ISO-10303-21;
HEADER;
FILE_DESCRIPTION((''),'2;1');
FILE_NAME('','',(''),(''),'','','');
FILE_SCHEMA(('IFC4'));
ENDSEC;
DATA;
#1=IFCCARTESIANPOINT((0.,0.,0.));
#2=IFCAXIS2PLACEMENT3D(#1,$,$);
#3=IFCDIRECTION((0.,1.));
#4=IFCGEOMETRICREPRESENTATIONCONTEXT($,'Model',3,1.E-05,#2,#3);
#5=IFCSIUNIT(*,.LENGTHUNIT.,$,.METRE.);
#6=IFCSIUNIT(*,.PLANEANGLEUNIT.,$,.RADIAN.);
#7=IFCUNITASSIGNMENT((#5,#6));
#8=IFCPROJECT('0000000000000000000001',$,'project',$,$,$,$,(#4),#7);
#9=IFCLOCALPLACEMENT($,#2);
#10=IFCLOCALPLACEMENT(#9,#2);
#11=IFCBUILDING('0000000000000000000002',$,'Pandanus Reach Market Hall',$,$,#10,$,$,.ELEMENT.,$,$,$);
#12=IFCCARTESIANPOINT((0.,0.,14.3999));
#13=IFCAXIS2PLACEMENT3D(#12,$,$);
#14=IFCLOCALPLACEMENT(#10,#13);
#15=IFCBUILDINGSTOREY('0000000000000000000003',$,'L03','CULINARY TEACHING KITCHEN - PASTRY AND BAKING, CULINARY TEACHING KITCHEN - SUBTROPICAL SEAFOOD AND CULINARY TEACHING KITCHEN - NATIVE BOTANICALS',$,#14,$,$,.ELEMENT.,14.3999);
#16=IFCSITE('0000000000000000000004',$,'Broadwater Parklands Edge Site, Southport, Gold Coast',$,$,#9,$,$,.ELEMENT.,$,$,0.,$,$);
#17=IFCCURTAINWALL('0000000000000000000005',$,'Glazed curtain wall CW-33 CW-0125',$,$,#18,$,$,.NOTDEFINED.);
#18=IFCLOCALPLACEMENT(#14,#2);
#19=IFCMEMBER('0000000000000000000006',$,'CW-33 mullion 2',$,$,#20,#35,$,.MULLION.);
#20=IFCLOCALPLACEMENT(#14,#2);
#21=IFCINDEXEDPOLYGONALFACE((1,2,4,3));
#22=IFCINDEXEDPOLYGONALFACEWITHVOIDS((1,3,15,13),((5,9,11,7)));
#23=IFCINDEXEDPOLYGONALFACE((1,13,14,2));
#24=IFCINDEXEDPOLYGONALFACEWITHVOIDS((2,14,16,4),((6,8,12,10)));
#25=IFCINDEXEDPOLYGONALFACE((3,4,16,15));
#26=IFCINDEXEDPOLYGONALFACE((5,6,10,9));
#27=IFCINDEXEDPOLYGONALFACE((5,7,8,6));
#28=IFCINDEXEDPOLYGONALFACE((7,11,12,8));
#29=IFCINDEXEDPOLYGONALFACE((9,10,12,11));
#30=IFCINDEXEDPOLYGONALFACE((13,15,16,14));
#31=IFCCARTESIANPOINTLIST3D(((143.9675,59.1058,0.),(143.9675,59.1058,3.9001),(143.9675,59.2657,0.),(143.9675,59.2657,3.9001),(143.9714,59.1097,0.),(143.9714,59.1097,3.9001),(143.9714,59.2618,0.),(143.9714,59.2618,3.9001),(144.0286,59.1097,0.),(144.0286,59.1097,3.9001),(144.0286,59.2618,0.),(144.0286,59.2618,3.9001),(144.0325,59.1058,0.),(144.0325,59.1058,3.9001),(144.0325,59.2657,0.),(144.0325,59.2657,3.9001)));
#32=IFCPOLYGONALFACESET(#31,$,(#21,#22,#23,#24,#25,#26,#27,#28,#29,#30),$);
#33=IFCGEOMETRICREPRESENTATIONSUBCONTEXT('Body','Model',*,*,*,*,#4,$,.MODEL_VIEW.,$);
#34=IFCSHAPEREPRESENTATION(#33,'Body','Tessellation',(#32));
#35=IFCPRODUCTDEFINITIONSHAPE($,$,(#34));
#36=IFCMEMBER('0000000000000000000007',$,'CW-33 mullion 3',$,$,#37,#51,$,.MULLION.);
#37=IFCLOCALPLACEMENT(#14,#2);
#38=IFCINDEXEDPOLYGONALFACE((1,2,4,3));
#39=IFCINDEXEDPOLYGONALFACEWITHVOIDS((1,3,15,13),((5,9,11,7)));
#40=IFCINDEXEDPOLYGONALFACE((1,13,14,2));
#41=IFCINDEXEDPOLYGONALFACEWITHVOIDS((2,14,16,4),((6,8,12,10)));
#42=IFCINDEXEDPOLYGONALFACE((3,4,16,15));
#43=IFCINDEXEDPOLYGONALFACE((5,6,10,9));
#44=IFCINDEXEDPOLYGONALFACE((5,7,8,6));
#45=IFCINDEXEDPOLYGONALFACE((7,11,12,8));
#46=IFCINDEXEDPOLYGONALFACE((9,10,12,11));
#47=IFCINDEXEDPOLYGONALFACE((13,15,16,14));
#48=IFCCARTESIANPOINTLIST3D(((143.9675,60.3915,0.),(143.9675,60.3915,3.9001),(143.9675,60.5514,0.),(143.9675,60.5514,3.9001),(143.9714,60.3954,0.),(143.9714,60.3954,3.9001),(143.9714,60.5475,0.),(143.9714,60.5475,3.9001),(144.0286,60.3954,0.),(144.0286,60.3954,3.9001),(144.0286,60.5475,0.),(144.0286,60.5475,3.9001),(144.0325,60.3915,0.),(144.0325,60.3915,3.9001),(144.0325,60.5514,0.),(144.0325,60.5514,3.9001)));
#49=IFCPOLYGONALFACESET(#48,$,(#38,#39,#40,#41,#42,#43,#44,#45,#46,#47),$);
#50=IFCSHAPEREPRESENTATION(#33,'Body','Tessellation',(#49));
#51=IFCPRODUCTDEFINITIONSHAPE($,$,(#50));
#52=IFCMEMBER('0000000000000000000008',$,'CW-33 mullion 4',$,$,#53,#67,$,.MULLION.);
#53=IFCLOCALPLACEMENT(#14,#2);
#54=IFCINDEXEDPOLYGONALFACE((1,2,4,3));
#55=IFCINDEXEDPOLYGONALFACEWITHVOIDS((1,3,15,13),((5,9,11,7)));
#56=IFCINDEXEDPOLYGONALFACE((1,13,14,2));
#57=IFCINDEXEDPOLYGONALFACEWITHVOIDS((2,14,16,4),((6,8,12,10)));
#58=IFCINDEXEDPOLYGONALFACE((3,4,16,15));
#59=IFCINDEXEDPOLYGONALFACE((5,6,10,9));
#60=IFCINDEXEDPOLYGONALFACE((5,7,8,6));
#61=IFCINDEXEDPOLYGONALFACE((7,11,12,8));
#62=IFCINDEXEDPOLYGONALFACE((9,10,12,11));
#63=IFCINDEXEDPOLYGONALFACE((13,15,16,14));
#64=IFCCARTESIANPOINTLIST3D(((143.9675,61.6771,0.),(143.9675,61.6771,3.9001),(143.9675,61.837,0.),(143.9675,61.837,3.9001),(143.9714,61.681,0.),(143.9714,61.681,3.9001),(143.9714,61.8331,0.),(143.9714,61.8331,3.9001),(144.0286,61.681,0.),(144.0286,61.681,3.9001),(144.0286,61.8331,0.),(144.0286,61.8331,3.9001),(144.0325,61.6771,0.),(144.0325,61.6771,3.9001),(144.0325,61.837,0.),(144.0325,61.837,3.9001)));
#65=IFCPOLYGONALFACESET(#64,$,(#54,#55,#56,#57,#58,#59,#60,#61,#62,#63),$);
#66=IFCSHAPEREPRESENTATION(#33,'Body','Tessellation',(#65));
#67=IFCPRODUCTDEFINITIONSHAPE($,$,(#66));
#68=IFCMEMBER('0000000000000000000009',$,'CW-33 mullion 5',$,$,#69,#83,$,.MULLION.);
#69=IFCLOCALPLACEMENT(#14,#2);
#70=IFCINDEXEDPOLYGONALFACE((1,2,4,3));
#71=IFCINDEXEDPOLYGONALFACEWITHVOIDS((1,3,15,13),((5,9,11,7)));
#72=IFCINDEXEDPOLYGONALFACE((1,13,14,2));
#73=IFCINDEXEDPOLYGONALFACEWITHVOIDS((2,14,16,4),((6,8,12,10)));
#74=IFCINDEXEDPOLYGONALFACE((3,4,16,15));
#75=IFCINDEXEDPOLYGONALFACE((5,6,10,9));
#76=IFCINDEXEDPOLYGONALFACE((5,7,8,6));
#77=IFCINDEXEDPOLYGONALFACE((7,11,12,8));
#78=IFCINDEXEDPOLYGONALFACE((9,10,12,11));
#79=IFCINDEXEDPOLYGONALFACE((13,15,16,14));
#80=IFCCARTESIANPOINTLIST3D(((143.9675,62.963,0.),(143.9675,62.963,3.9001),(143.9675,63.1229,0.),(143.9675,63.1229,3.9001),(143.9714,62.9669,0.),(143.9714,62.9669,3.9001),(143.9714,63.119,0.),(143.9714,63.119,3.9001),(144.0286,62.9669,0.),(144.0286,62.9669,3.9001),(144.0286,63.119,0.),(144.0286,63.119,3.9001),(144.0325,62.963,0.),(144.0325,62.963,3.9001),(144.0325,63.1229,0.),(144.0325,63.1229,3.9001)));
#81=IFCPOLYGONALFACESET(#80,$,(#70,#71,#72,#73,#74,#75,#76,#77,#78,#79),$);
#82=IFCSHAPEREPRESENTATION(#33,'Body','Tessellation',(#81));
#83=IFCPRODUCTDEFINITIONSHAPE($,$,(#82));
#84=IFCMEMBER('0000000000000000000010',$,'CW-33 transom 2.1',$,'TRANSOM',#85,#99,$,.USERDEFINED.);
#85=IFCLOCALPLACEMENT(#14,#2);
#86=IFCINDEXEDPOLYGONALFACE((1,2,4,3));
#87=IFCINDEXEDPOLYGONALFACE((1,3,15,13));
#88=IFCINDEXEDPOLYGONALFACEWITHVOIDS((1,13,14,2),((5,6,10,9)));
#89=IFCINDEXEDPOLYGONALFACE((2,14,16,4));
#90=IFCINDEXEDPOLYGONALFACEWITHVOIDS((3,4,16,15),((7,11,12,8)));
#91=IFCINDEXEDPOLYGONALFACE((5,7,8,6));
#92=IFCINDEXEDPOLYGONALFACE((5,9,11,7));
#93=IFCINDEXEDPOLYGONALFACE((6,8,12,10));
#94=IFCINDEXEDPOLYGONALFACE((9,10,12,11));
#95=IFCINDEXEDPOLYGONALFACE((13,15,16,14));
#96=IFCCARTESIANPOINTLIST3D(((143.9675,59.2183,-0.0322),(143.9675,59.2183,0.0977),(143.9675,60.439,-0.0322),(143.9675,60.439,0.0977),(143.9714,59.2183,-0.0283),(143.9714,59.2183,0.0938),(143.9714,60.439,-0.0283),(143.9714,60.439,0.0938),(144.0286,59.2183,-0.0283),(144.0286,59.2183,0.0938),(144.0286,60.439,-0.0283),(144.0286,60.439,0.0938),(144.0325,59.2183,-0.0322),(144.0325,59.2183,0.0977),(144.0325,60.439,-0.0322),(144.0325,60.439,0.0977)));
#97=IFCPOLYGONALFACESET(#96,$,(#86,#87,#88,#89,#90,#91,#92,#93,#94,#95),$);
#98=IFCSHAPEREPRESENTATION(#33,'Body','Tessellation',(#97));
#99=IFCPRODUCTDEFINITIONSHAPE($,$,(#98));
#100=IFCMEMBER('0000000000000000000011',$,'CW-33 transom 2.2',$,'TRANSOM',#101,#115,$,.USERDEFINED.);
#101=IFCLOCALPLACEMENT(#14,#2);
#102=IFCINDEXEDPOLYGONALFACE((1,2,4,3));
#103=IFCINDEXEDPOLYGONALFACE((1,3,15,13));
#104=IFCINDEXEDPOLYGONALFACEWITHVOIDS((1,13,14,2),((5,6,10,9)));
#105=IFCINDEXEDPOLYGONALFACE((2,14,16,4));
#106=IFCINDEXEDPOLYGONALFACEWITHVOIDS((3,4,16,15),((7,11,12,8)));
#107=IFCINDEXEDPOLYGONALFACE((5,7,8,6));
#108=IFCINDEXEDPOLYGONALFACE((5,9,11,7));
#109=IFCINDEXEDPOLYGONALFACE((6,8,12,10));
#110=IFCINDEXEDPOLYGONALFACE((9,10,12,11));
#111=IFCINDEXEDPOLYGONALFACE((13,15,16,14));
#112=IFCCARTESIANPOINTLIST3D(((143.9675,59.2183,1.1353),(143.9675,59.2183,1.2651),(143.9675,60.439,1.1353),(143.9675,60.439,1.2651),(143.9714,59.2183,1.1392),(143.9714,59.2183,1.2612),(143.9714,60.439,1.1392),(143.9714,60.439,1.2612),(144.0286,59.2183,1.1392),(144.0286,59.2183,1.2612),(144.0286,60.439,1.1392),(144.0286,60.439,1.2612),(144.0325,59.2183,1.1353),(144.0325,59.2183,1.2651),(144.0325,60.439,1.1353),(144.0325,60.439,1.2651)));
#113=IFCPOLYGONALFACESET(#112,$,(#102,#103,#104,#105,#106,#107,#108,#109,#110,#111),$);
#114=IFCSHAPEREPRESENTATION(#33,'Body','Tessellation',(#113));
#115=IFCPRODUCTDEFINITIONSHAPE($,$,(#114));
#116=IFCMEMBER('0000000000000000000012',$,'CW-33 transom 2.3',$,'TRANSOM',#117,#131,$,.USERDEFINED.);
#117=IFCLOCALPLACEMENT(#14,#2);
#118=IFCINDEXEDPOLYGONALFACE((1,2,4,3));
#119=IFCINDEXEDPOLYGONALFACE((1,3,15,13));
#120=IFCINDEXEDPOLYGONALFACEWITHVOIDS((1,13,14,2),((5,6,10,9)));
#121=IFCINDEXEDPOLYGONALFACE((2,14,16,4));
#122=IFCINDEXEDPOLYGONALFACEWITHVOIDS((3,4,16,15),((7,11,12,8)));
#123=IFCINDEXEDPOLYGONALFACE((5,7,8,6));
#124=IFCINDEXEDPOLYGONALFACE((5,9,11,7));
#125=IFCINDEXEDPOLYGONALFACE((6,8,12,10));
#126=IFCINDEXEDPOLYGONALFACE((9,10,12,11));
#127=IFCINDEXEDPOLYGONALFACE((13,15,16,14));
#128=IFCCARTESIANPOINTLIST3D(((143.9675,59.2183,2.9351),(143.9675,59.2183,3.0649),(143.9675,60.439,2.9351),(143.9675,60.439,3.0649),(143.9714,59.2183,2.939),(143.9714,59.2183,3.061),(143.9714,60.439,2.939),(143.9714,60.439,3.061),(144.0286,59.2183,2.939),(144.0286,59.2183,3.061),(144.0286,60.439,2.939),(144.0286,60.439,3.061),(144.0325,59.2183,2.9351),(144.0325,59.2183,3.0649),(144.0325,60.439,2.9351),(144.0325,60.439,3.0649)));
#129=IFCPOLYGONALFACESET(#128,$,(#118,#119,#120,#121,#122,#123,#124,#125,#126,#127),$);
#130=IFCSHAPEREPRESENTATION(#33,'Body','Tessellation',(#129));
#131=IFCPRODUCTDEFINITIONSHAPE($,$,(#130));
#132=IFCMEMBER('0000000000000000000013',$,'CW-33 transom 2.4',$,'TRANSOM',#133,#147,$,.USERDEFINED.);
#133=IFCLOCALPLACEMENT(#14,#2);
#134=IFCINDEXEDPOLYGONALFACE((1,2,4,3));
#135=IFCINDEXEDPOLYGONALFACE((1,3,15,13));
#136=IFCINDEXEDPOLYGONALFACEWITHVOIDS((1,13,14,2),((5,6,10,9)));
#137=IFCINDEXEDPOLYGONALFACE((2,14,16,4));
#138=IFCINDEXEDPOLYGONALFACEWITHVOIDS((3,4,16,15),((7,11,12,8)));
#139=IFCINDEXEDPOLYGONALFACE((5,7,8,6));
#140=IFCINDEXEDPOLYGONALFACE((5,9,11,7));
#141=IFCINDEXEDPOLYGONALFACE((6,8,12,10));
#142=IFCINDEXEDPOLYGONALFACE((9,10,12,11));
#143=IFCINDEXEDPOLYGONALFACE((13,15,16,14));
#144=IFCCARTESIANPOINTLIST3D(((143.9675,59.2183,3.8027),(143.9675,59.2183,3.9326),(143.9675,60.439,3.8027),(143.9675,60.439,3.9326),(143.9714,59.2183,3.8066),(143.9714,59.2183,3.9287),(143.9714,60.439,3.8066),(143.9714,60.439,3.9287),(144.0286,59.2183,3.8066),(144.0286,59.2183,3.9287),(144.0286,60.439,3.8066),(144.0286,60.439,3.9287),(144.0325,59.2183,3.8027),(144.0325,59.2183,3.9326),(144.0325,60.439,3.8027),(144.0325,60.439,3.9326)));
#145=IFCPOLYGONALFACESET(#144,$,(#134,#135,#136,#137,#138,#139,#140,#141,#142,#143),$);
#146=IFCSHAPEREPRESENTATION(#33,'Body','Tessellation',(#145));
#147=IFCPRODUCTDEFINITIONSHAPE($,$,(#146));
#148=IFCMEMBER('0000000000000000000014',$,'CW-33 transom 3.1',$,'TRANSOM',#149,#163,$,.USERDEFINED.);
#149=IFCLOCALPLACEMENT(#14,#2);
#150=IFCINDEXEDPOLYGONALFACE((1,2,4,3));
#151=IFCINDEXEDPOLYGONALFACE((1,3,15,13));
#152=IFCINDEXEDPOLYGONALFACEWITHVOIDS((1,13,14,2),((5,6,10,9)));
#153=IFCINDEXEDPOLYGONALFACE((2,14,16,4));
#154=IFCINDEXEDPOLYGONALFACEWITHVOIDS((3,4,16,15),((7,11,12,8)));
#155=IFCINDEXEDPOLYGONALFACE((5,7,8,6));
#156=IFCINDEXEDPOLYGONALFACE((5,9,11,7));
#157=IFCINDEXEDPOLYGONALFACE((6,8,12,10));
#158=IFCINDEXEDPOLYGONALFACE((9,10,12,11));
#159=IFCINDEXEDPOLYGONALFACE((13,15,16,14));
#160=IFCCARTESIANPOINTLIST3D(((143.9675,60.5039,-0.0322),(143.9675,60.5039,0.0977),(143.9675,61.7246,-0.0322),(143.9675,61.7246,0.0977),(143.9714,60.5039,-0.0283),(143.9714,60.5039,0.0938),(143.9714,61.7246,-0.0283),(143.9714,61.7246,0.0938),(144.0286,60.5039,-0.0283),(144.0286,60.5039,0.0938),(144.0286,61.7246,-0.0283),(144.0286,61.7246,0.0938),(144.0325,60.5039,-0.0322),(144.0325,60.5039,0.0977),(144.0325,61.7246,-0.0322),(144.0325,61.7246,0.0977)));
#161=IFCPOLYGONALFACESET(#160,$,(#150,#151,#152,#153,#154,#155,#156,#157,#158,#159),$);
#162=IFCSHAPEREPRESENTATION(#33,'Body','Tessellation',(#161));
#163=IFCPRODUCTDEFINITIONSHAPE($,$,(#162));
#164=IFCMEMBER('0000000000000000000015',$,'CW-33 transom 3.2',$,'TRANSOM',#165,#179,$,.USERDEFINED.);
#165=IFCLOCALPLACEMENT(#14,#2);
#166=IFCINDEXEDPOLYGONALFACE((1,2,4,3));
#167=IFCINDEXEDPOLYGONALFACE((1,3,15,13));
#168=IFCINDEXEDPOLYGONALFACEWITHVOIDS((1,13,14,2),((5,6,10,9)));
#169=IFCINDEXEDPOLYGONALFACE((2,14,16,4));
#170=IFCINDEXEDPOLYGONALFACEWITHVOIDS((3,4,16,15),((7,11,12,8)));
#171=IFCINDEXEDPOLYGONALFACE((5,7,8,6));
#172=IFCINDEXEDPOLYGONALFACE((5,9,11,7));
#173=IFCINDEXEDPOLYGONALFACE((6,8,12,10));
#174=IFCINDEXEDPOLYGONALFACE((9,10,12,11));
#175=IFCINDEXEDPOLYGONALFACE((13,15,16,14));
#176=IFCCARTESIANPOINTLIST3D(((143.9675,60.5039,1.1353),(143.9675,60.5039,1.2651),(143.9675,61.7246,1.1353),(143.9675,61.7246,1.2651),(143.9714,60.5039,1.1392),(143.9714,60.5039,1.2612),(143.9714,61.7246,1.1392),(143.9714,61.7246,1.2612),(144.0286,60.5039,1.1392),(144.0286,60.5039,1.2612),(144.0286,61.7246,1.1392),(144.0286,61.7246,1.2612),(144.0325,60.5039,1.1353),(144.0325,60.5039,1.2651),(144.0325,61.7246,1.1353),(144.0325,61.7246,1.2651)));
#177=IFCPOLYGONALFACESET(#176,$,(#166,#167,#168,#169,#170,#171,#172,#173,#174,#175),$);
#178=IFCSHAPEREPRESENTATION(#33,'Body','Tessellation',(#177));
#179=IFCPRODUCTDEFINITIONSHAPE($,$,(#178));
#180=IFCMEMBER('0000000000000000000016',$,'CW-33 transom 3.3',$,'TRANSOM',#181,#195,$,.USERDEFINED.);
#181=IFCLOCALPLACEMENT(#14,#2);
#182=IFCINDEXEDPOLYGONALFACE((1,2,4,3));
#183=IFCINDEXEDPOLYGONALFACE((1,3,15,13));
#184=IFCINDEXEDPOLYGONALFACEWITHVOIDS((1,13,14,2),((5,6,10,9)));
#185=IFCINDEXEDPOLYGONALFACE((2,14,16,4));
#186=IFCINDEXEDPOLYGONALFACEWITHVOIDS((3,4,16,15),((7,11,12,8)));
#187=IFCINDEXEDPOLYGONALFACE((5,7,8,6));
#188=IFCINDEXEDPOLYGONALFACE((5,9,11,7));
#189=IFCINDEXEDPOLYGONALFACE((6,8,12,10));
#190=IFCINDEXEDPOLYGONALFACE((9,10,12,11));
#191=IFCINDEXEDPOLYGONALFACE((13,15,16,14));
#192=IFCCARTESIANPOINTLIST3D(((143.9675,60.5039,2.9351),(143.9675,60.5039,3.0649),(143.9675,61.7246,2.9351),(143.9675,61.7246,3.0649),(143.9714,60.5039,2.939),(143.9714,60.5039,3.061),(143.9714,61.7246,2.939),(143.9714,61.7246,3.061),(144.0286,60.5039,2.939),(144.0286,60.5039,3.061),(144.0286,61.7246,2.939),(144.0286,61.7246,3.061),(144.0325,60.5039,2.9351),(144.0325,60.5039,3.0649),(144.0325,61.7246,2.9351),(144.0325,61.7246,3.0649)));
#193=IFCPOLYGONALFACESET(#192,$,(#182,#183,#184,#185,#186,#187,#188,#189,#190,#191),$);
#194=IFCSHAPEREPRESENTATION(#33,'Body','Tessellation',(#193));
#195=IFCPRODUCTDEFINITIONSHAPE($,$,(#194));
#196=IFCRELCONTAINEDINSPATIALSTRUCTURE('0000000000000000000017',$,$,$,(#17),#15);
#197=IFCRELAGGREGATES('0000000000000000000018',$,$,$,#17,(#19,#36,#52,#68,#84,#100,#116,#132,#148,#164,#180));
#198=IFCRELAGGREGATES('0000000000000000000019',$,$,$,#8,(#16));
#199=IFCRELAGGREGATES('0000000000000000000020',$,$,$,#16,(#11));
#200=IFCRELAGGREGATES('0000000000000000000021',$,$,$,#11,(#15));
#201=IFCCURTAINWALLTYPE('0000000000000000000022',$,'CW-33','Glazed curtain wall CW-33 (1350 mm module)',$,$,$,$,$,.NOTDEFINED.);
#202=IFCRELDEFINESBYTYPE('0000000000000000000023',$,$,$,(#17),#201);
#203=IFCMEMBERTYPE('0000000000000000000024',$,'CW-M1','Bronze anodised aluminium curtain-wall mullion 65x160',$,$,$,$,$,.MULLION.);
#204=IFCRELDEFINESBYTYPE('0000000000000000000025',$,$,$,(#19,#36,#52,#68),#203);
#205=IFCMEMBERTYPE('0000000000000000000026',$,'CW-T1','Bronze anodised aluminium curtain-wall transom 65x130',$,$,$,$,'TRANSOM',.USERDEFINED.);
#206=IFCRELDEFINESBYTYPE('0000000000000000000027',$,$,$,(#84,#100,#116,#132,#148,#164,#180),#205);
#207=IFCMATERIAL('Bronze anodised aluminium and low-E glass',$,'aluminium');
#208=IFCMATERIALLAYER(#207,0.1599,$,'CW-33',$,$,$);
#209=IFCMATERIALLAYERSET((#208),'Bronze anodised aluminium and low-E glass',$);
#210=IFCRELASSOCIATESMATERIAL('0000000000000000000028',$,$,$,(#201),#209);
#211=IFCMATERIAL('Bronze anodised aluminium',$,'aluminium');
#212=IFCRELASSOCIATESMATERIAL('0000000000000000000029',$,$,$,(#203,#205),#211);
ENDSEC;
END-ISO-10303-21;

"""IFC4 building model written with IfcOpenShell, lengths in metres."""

from ifc_helpers import new_model, si_unit, direction, frame, origin, origin_2d, place, context, subcontext, project, spatial, hollow_rectangle, extrude, material, layer, layer_set, material_profile, profile_set, type_object, element, aggregate, save


model = new_model("IFC4")

# Units and contexts
model_context = context("Model", 3, precision=1e-05, world=origin(), true_north=direction((0.0, 1.0)))
body_context = subcontext(model_context, "Body", "Model", "MODEL_VIEW")
ifc_project = project(units=[si_unit("LENGTHUNIT", "METRE"), si_unit("PLANEANGLEUNIT", "RADIAN")], contexts=[model_context])

# Site, building, storey
site_placement = place(None, origin())
site = spatial("IfcSite", under=ifc_project, at=site_placement, Name="Broadwater Parklands Edge Site, Southport, Gold Coast", CompositionType="ELEMENT", RefElevation=0.0)
building_placement = place(site_placement, origin())
building = spatial("IfcBuilding", under=site, at=building_placement, Name="Pandanus Reach Market Hall", CompositionType="ELEMENT")
storey_placement = place(building_placement, frame((0.0, 0.0, 14.3999)))
storey = spatial("IfcBuildingStorey", under=building, at=storey_placement, Name="L03", Description="CULINARY TEACHING KITCHEN - PASTRY AND BAKING, CULINARY TEACHING KITCHEN - SUBTROPICAL SEAFOOD AND CULINARY TEACHING KITCHEN - NATIVE BOTANICALS", CompositionType="ELEMENT", Elevation=14.3999)

# Curtain wall, members
ifc_material_1 = material(Name="Bronze anodised aluminium and low-E glass", Category="aluminium")
ifc_layer_1 = layer(ifc_material_1, 0.1599, Name="CW-33")
ifc_layer_set_1 = layer_set([ifc_layer_1], Name="Bronze anodised aluminium and low-E glass")
curtain_wall_type = type_object("IfcCurtainWallType", Name="CW-33", Description="Glazed curtain wall CW-33 (1350 mm module)", PredefinedType="NOTDEFINED", material=ifc_layer_set_1)
curtain_wall_placement = place(storey_placement, origin())
curtain_wall = element("IfcCurtainWall", 1, at=curtain_wall_placement, inside=storey, type_object=curtain_wall_type, Name="Glazed curtain wall CW-33 CW-0125", PredefinedType="NOTDEFINED")
ifc_material_2 = material(Name="Bronze anodised aluminium", Category="aluminium")
ifc_material_profile_1 = material_profile(ifc_material_2, hollow_rectangle(XDim=0.0649, YDim=0.1599, WallThickness=0.0039, at=origin_2d()), Name="ALU65x160", Category="LoadBearing")
ifc_profile_set_1 = profile_set([ifc_material_profile_1], Name="Bronze anodised aluminium")
member_type_1 = type_object("IfcMemberType", Name="CW-M1", Description="Bronze anodised aluminium curtain-wall mullion 65x160", PredefinedType="MULLION", material=ifc_profile_set_1)
member_1_placement = place(storey_placement, frame((144.0, 59.1858, 0.0), z_axis=(0.0, 0.0, 1.0), x_axis=(-1.0, 0.0, 0.0)))
member_1 = element("IfcMember", 2, at=member_1_placement, type_object=member_type_1, Name="CW-33 mullion 2", PredefinedType="MULLION", context=body_context, shape_type="SweptSolid", body=[
    extrude(hollow_rectangle(XDim=0.0649, YDim=0.1599, WallThickness=0.0039, at=origin_2d()), origin(), (0.0, 0.0, 1.0), 3.9001),
])
member_2_placement = place(storey_placement, frame((144.0, 60.4714, 0.0), z_axis=(0.0, 0.0, 1.0), x_axis=(-1.0, 0.0, 0.0)))
member_2 = element("IfcMember", 3, at=member_2_placement, type_object=member_type_1, Name="CW-33 mullion 3", PredefinedType="MULLION", context=body_context, shape_type="SweptSolid", body=[
    extrude(hollow_rectangle(XDim=0.0649, YDim=0.1599, WallThickness=0.0039, at=origin_2d()), origin(), (0.0, 0.0, 1.0), 3.9001),
])
member_3_placement = place(storey_placement, frame((144.0, 61.7571, 0.0), z_axis=(0.0, 0.0, 1.0), x_axis=(-1.0, 0.0, 0.0)))
member_3 = element("IfcMember", 4, at=member_3_placement, type_object=member_type_1, Name="CW-33 mullion 4", PredefinedType="MULLION", context=body_context, shape_type="SweptSolid", body=[
    extrude(hollow_rectangle(XDim=0.0649, YDim=0.1599, WallThickness=0.0039, at=origin_2d()), origin(), (0.0, 0.0, 1.0), 3.9001),
])
member_4_placement = place(storey_placement, frame((144.0, 63.043, 0.0), z_axis=(0.0, 0.0, 1.0), x_axis=(-1.0, 0.0, 0.0)))
member_4 = element("IfcMember", 5, at=member_4_placement, type_object=member_type_1, Name="CW-33 mullion 5", PredefinedType="MULLION", context=body_context, shape_type="SweptSolid", body=[
    extrude(hollow_rectangle(XDim=0.0649, YDim=0.1599, WallThickness=0.0039, at=origin_2d()), origin(), (0.0, 0.0, 1.0), 3.9001),
])
ifc_material_profile_2 = material_profile(ifc_material_2, hollow_rectangle(XDim=0.0649, YDim=0.1299, WallThickness=0.0039, at=origin_2d()), Name="ALU65x130", Category="LoadBearing")
ifc_profile_set_2 = profile_set([ifc_material_profile_2], Name="Bronze anodised aluminium")
member_type_2 = type_object("IfcMemberType", Name="CW-T1", Description="Bronze anodised aluminium curtain-wall transom 65x130", ElementType="TRANSOM", PredefinedType="USERDEFINED", material=ifc_profile_set_2)
member_5_placement = place(storey_placement, frame((144.0, 59.2183, 0.0327), z_axis=(0.0, 1.0, 0.0), x_axis=(-1.0, 0.0, 0.0)))
member_5 = element("IfcMember", 6, at=member_5_placement, type_object=member_type_2, Name="CW-33 transom 2.1", ObjectType="TRANSOM", PredefinedType="USERDEFINED", context=body_context, shape_type="SweptSolid", body=[
    extrude(hollow_rectangle(XDim=0.0649, YDim=0.1299, WallThickness=0.0039, at=origin_2d()), origin(), (0.0, 0.0, 1.0), 1.2207),
])
member_6_placement = place(storey_placement, frame((144.0, 59.2183, 1.2002), z_axis=(0.0, 1.0, 0.0), x_axis=(-1.0, 0.0, 0.0)))
member_6 = element("IfcMember", 7, at=member_6_placement, type_object=member_type_2, Name="CW-33 transom 2.2", ObjectType="TRANSOM", PredefinedType="USERDEFINED", context=body_context, shape_type="SweptSolid", body=[
    extrude(hollow_rectangle(XDim=0.0649, YDim=0.1299, WallThickness=0.0039, at=origin_2d()), origin(), (0.0, 0.0, 1.0), 1.2207),
])
member_7_placement = place(storey_placement, frame((144.0, 59.2183, 3.0), z_axis=(0.0, 1.0, 0.0), x_axis=(-1.0, 0.0, 0.0)))
member_7 = element("IfcMember", 8, at=member_7_placement, type_object=member_type_2, Name="CW-33 transom 2.3", ObjectType="TRANSOM", PredefinedType="USERDEFINED", context=body_context, shape_type="SweptSolid", body=[
    extrude(hollow_rectangle(XDim=0.0649, YDim=0.1299, WallThickness=0.0039, at=origin_2d()), origin(), (0.0, 0.0, 1.0), 1.2207),
])
member_8_placement = place(storey_placement, frame((144.0, 59.2183, 3.8677), z_axis=(0.0, 1.0, 0.0), x_axis=(-1.0, 0.0, 0.0)))
member_8 = element("IfcMember", 9, at=member_8_placement, type_object=member_type_2, Name="CW-33 transom 2.4", ObjectType="TRANSOM", PredefinedType="USERDEFINED", context=body_context, shape_type="SweptSolid", body=[
    extrude(hollow_rectangle(XDim=0.0649, YDim=0.1299, WallThickness=0.0039, at=origin_2d()), origin(), (0.0, 0.0, 1.0), 1.2207),
])
member_9_placement = place(storey_placement, frame((144.0, 60.5039, 0.0327), z_axis=(0.0, 1.0, 0.0), x_axis=(-1.0, 0.0, 0.0)))
member_9 = element("IfcMember", 10, at=member_9_placement, type_object=member_type_2, Name="CW-33 transom 3.1", ObjectType="TRANSOM", PredefinedType="USERDEFINED", context=body_context, shape_type="SweptSolid", body=[
    extrude(hollow_rectangle(XDim=0.0649, YDim=0.1299, WallThickness=0.0039, at=origin_2d()), origin(), (0.0, 0.0, 1.0), 1.2207),
])
member_10_placement = place(storey_placement, frame((144.0, 60.5039, 1.2002), z_axis=(0.0, 1.0, 0.0), x_axis=(-1.0, 0.0, 0.0)))
member_10 = element("IfcMember", 11, at=member_10_placement, type_object=member_type_2, Name="CW-33 transom 3.2", ObjectType="TRANSOM", PredefinedType="USERDEFINED", context=body_context, shape_type="SweptSolid", body=[
    extrude(hollow_rectangle(XDim=0.0649, YDim=0.1299, WallThickness=0.0039, at=origin_2d()), origin(), (0.0, 0.0, 1.0), 1.2207),
])
member_11_placement = place(storey_placement, frame((144.0, 60.5039, 3.0), z_axis=(0.0, 1.0, 0.0), x_axis=(-1.0, 0.0, 0.0)))
member_11 = element("IfcMember", 12, at=member_11_placement, type_object=member_type_2, Name="CW-33 transom 3.3", ObjectType="TRANSOM", PredefinedType="USERDEFINED", context=body_context, shape_type="SweptSolid", body=[
    extrude(hollow_rectangle(XDim=0.0649, YDim=0.1299, WallThickness=0.0039, at=origin_2d()), origin(), (0.0, 0.0, 1.0), 1.2207),
])
aggregate(curtain_wall, [member_1, member_2, member_3, member_4, member_5, member_6, member_7, member_8, member_9, member_10, member_11])

save(model, "model.ifc")
